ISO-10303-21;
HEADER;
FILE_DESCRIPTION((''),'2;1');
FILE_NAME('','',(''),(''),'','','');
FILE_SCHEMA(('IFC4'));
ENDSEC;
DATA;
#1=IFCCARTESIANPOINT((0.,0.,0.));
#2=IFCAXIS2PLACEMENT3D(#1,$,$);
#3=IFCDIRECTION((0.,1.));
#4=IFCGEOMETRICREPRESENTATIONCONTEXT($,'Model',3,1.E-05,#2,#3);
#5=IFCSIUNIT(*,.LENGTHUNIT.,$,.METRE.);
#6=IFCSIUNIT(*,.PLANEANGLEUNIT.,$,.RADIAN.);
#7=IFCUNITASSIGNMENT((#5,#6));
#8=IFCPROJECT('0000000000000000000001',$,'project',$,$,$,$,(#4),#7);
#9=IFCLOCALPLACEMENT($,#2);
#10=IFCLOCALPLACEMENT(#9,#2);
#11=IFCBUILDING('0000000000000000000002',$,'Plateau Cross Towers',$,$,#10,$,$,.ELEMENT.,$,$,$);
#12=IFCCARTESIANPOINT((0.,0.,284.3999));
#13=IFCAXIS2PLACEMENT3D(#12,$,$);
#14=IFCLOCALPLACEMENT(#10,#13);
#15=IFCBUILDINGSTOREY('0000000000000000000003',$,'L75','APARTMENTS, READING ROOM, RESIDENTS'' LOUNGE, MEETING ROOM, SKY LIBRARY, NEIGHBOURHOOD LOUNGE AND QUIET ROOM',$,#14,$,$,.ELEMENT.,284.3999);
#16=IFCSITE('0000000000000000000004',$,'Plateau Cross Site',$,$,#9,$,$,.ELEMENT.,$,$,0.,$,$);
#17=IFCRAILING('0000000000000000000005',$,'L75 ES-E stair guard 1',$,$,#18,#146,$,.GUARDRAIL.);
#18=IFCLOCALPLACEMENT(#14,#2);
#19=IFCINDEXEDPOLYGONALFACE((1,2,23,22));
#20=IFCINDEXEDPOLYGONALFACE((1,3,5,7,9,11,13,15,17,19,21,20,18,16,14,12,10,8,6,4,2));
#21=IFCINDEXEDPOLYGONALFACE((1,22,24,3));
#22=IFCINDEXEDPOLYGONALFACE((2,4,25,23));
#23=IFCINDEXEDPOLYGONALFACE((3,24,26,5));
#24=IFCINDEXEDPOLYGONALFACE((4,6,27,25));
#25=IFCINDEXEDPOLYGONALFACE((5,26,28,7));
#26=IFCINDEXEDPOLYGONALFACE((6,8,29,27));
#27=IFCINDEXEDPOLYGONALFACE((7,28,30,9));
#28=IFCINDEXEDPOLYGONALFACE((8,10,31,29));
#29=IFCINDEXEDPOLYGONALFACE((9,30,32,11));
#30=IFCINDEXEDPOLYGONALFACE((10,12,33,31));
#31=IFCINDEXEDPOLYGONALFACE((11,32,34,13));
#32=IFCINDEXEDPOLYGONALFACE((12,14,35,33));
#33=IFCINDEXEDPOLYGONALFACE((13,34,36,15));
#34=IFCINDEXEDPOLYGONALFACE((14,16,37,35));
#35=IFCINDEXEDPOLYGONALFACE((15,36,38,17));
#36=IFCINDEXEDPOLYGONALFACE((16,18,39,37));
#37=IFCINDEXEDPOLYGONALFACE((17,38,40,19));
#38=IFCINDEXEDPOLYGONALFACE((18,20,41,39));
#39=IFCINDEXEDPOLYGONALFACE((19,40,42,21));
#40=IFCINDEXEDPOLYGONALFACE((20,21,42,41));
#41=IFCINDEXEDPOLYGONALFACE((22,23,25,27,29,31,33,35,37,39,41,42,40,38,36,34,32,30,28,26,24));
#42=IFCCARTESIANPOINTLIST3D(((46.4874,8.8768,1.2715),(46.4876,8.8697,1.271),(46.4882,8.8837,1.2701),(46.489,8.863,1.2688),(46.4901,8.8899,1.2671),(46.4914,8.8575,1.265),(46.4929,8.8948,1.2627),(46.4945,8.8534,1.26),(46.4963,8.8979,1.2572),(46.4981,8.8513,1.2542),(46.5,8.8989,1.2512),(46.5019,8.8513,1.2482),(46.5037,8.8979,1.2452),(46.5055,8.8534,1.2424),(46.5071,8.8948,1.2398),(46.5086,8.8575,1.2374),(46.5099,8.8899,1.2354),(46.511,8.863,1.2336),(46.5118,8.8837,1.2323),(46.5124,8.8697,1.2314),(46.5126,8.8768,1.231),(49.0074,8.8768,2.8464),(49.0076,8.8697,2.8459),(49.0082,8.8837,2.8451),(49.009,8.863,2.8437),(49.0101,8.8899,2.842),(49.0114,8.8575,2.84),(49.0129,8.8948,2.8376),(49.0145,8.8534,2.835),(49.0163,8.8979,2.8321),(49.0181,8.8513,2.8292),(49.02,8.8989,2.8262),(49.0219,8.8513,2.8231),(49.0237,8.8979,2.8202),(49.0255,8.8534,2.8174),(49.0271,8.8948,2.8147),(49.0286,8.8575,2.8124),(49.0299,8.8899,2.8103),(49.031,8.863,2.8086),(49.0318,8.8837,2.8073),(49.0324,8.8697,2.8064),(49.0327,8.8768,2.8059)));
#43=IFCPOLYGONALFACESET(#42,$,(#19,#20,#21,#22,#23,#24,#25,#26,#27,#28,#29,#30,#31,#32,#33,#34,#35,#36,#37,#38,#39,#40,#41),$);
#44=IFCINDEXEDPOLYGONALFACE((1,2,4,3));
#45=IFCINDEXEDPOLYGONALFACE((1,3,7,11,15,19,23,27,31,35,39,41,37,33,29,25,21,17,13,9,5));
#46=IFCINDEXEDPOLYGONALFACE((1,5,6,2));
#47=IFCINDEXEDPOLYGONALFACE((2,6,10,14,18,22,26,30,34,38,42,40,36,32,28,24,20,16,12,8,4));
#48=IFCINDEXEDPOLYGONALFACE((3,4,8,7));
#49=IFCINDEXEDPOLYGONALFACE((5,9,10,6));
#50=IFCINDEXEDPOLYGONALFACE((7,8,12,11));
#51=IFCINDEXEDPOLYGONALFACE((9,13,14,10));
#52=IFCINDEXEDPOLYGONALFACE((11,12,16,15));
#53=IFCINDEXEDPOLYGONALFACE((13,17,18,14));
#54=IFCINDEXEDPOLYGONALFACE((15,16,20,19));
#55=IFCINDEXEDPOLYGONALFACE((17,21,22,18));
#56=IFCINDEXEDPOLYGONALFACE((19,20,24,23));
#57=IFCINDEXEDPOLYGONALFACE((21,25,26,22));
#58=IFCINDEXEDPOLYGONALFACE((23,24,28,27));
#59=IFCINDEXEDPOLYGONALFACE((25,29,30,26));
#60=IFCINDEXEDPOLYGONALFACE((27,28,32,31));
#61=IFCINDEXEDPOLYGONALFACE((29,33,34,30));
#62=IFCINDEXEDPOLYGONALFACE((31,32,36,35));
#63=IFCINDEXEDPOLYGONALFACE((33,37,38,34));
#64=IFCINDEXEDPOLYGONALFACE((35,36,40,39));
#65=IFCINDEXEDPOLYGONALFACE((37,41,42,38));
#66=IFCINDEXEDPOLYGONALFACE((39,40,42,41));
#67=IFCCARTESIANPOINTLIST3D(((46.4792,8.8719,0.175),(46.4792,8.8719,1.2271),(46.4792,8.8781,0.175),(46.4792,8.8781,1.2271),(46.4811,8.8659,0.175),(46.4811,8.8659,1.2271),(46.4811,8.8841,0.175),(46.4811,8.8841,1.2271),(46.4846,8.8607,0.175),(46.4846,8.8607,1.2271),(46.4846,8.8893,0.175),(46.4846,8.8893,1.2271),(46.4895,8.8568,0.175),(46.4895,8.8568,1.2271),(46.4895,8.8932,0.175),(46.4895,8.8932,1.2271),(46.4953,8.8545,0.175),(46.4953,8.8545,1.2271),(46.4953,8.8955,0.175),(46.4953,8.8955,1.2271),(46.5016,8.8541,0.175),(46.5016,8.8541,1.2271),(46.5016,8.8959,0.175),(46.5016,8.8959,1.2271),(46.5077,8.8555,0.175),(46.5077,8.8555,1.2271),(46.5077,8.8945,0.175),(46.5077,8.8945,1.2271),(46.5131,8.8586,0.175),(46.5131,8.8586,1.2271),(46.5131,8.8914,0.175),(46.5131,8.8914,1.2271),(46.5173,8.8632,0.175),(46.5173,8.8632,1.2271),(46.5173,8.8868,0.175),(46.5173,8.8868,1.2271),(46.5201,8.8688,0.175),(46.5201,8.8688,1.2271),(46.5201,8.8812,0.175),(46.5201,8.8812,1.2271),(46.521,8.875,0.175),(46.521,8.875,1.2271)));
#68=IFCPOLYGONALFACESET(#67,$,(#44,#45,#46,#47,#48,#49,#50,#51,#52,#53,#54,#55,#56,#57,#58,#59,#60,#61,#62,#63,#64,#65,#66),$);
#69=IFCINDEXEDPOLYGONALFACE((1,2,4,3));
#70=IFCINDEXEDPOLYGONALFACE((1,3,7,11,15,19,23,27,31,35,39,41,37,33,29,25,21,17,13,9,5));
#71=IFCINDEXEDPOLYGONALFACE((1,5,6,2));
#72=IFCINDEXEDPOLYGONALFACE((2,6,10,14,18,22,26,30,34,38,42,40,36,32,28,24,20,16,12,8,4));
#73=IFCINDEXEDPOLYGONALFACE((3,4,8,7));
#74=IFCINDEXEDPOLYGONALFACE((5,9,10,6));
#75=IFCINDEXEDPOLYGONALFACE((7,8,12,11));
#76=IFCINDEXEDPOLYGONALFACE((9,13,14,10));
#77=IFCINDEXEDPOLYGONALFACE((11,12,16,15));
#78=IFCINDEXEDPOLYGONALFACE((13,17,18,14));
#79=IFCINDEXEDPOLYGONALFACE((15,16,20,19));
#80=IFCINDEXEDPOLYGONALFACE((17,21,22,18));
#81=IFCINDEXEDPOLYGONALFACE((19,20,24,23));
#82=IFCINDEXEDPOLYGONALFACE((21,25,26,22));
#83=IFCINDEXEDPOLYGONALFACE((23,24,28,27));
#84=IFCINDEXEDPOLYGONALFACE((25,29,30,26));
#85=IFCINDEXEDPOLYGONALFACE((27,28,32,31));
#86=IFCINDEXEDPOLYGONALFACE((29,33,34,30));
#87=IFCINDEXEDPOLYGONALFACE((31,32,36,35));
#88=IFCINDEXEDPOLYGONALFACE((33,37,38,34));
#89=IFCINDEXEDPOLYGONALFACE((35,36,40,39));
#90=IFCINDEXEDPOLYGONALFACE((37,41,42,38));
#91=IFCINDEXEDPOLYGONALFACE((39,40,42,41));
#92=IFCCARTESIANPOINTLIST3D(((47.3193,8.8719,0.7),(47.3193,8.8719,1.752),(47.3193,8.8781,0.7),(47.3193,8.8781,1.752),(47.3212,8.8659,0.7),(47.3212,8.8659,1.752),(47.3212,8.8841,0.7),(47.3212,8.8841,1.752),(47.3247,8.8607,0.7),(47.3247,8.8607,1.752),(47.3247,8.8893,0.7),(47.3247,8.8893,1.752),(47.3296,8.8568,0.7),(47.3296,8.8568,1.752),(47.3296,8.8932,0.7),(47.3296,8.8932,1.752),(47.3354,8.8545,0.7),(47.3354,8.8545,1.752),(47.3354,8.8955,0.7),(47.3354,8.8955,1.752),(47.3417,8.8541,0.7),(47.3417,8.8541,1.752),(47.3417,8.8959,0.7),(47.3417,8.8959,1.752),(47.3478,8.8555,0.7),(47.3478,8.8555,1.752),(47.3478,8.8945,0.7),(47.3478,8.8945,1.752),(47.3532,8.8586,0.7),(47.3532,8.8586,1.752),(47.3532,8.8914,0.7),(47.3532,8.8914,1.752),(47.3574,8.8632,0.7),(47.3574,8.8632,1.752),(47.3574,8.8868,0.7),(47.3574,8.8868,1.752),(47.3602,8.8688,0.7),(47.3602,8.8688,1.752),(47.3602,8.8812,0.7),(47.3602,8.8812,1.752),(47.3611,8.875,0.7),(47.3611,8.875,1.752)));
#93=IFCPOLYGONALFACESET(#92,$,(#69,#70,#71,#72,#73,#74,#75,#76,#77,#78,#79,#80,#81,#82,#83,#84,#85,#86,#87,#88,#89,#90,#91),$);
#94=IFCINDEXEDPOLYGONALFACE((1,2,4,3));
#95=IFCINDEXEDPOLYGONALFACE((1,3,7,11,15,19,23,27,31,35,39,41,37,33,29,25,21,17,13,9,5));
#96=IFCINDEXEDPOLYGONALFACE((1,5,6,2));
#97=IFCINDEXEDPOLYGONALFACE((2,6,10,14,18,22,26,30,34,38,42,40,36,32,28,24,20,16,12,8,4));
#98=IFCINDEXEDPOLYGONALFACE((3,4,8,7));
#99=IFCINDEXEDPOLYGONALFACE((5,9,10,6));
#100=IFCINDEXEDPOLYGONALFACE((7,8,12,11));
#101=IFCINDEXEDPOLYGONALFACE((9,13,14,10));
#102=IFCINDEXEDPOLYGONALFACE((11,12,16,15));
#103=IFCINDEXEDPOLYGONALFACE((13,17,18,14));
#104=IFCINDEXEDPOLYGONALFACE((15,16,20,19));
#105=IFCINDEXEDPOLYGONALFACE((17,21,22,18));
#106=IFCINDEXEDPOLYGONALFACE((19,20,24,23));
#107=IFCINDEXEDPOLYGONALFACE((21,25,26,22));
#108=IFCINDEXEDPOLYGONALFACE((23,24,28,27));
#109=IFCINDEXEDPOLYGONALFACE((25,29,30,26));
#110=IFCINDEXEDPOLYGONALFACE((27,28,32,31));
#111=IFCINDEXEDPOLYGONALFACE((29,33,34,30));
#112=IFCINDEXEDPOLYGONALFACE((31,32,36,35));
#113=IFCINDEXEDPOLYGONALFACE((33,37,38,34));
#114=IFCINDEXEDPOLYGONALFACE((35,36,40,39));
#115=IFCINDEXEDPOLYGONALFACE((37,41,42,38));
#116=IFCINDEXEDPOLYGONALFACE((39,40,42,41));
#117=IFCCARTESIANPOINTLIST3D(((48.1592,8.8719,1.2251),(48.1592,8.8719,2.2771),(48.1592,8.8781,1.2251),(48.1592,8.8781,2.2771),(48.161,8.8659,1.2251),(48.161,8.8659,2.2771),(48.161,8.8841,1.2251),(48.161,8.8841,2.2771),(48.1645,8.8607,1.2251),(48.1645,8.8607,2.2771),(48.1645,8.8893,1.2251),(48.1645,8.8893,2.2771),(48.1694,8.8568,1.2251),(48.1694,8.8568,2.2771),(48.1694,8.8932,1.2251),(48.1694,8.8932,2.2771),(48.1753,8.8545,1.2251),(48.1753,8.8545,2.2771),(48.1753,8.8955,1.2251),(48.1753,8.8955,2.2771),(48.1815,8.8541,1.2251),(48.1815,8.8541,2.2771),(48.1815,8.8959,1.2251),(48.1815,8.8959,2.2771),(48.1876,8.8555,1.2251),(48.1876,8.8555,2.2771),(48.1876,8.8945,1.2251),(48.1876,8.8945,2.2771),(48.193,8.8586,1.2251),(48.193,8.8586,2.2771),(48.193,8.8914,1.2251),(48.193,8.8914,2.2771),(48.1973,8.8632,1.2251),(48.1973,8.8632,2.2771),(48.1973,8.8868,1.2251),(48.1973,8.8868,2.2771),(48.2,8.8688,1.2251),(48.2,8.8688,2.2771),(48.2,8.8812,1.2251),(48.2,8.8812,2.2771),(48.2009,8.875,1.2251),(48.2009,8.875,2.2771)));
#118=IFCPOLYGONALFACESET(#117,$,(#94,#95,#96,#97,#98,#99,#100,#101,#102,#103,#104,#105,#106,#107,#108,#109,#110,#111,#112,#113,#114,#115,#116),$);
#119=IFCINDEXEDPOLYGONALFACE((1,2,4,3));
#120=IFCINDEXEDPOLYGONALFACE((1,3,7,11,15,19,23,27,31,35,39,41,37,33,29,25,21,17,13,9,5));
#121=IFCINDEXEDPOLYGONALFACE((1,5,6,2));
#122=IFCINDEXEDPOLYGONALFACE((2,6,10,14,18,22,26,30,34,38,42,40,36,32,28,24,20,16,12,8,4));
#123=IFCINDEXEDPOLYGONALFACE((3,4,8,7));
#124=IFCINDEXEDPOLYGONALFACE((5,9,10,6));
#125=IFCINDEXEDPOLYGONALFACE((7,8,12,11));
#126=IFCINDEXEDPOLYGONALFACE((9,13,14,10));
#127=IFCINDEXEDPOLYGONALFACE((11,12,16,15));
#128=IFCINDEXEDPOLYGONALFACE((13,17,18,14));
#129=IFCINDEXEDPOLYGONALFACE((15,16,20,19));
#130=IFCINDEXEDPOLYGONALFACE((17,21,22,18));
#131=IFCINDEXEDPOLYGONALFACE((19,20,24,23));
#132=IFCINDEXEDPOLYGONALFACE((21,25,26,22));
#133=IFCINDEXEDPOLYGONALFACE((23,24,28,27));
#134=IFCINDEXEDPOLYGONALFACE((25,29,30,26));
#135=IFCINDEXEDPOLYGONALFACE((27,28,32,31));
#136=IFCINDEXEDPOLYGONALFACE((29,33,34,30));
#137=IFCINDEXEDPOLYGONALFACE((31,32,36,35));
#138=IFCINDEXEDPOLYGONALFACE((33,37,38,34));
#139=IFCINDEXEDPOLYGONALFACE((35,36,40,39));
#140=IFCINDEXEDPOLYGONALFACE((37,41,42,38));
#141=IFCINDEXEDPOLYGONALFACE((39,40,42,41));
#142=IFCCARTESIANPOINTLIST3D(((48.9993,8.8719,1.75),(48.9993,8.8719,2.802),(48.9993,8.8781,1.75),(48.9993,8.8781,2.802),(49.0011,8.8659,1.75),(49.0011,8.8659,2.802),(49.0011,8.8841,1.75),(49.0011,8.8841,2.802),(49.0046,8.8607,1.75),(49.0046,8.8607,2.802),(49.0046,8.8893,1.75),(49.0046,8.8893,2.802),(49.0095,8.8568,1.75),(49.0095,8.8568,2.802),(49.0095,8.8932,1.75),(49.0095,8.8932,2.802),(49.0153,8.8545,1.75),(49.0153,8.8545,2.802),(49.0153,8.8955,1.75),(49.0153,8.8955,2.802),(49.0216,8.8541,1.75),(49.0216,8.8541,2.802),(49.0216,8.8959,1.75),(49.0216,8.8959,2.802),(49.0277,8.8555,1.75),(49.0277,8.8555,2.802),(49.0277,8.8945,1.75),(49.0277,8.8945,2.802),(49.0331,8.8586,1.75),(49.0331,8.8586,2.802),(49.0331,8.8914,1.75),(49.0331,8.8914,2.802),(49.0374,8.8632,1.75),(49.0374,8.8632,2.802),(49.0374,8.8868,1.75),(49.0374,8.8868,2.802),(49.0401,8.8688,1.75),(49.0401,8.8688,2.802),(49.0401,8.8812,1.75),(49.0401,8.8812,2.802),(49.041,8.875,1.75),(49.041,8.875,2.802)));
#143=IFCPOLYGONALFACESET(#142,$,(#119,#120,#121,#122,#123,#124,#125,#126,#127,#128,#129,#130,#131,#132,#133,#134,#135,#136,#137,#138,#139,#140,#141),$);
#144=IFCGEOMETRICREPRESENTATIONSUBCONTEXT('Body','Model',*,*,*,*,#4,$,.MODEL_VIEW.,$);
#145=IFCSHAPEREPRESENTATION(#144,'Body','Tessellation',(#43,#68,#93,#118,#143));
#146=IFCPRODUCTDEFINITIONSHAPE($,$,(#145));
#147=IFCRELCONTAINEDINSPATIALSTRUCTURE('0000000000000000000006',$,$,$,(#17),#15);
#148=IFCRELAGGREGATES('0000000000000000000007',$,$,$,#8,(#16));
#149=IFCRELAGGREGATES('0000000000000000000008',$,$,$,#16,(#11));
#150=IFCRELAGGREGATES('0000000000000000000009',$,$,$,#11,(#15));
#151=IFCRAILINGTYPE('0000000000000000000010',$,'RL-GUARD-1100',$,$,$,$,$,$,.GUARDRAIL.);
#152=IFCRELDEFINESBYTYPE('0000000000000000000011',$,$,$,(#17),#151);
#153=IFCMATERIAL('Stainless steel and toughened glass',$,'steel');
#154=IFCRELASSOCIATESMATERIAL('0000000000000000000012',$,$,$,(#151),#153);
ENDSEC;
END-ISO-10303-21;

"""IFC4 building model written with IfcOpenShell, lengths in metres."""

from ifc_helpers import new_model, si_unit, direction, frame, origin, origin_2d, place, context, subcontext, project, spatial, circle, extrude, material, type_object, element, save


model = new_model("IFC4")

# Units and contexts
model_context = context("Model", 3, precision=1e-05, world=origin(), true_north=direction((0.0, 1.0)))
body_context = subcontext(model_context, "Body", "Model", "MODEL_VIEW")
ifc_project = project(units=[si_unit("LENGTHUNIT", "METRE"), si_unit("PLANEANGLEUNIT", "RADIAN")], contexts=[model_context])

# Site, building, storey
site_placement = place(None, origin())
site = spatial("IfcSite", under=ifc_project, at=site_placement, Name="Plateau Cross Site", CompositionType="ELEMENT", RefElevation=0.0)
building_placement = place(site_placement, origin())
building = spatial("IfcBuilding", under=site, at=building_placement, Name="Plateau Cross Towers", CompositionType="ELEMENT")
storey_placement = place(building_placement, frame((0.0, 0.0, 284.3999)))
storey = spatial("IfcBuildingStorey", under=building, at=storey_placement, Name="L75", Description="APARTMENTS, READING ROOM, RESIDENTS' LOUNGE, MEETING ROOM, SKY LIBRARY, NEIGHBOURHOOD LOUNGE AND QUIET ROOM", CompositionType="ELEMENT", Elevation=284.3999)

# Railing
ifc_material_1 = material(Name="Stainless steel and toughened glass", Category="steel")
railing_type_1 = type_object("IfcRailingType", Name="RL-GUARD-1100", PredefinedType="GUARDRAIL", material=ifc_material_1)
railing_1_placement = place(storey_placement, frame((46.5, 8.875, 0.175)))
element("IfcRailing", 1, at=railing_1_placement, inside=storey, type_object=railing_type_1, Name="L75 ES-E stair guard 1", PredefinedType="GUARDRAIL", context=body_context, shape_type="SweptSolid", body=[
    extrude(circle(Radius=0.0239, at=origin_2d()), frame((0.0, 0.0, 1.0762), z_axis=(0.848008, 0.0, 0.529984), x_axis=(0.0, 1.0, 0.0)), (0.0, 0.0, 1.0), 2.9717),
    extrude(circle(Radius=0.021, at=origin_2d()), origin(), (0.0, 0.0, 1.0), 1.052),
    extrude(circle(Radius=0.021, at=origin_2d()), frame((0.8401, 0.0, 0.5249)), (0.0, 0.0, 1.0), 1.052),
    extrude(circle(Radius=0.021, at=origin_2d()), frame((1.6799, 0.0, 1.05)), (0.0, 0.0, 1.0), 1.052),
    extrude(circle(Radius=0.021, at=origin_2d()), frame((2.52, 0.0, 1.575)), (0.0, 0.0, 1.0), 1.052),
])

save(model, "model.ifc")
